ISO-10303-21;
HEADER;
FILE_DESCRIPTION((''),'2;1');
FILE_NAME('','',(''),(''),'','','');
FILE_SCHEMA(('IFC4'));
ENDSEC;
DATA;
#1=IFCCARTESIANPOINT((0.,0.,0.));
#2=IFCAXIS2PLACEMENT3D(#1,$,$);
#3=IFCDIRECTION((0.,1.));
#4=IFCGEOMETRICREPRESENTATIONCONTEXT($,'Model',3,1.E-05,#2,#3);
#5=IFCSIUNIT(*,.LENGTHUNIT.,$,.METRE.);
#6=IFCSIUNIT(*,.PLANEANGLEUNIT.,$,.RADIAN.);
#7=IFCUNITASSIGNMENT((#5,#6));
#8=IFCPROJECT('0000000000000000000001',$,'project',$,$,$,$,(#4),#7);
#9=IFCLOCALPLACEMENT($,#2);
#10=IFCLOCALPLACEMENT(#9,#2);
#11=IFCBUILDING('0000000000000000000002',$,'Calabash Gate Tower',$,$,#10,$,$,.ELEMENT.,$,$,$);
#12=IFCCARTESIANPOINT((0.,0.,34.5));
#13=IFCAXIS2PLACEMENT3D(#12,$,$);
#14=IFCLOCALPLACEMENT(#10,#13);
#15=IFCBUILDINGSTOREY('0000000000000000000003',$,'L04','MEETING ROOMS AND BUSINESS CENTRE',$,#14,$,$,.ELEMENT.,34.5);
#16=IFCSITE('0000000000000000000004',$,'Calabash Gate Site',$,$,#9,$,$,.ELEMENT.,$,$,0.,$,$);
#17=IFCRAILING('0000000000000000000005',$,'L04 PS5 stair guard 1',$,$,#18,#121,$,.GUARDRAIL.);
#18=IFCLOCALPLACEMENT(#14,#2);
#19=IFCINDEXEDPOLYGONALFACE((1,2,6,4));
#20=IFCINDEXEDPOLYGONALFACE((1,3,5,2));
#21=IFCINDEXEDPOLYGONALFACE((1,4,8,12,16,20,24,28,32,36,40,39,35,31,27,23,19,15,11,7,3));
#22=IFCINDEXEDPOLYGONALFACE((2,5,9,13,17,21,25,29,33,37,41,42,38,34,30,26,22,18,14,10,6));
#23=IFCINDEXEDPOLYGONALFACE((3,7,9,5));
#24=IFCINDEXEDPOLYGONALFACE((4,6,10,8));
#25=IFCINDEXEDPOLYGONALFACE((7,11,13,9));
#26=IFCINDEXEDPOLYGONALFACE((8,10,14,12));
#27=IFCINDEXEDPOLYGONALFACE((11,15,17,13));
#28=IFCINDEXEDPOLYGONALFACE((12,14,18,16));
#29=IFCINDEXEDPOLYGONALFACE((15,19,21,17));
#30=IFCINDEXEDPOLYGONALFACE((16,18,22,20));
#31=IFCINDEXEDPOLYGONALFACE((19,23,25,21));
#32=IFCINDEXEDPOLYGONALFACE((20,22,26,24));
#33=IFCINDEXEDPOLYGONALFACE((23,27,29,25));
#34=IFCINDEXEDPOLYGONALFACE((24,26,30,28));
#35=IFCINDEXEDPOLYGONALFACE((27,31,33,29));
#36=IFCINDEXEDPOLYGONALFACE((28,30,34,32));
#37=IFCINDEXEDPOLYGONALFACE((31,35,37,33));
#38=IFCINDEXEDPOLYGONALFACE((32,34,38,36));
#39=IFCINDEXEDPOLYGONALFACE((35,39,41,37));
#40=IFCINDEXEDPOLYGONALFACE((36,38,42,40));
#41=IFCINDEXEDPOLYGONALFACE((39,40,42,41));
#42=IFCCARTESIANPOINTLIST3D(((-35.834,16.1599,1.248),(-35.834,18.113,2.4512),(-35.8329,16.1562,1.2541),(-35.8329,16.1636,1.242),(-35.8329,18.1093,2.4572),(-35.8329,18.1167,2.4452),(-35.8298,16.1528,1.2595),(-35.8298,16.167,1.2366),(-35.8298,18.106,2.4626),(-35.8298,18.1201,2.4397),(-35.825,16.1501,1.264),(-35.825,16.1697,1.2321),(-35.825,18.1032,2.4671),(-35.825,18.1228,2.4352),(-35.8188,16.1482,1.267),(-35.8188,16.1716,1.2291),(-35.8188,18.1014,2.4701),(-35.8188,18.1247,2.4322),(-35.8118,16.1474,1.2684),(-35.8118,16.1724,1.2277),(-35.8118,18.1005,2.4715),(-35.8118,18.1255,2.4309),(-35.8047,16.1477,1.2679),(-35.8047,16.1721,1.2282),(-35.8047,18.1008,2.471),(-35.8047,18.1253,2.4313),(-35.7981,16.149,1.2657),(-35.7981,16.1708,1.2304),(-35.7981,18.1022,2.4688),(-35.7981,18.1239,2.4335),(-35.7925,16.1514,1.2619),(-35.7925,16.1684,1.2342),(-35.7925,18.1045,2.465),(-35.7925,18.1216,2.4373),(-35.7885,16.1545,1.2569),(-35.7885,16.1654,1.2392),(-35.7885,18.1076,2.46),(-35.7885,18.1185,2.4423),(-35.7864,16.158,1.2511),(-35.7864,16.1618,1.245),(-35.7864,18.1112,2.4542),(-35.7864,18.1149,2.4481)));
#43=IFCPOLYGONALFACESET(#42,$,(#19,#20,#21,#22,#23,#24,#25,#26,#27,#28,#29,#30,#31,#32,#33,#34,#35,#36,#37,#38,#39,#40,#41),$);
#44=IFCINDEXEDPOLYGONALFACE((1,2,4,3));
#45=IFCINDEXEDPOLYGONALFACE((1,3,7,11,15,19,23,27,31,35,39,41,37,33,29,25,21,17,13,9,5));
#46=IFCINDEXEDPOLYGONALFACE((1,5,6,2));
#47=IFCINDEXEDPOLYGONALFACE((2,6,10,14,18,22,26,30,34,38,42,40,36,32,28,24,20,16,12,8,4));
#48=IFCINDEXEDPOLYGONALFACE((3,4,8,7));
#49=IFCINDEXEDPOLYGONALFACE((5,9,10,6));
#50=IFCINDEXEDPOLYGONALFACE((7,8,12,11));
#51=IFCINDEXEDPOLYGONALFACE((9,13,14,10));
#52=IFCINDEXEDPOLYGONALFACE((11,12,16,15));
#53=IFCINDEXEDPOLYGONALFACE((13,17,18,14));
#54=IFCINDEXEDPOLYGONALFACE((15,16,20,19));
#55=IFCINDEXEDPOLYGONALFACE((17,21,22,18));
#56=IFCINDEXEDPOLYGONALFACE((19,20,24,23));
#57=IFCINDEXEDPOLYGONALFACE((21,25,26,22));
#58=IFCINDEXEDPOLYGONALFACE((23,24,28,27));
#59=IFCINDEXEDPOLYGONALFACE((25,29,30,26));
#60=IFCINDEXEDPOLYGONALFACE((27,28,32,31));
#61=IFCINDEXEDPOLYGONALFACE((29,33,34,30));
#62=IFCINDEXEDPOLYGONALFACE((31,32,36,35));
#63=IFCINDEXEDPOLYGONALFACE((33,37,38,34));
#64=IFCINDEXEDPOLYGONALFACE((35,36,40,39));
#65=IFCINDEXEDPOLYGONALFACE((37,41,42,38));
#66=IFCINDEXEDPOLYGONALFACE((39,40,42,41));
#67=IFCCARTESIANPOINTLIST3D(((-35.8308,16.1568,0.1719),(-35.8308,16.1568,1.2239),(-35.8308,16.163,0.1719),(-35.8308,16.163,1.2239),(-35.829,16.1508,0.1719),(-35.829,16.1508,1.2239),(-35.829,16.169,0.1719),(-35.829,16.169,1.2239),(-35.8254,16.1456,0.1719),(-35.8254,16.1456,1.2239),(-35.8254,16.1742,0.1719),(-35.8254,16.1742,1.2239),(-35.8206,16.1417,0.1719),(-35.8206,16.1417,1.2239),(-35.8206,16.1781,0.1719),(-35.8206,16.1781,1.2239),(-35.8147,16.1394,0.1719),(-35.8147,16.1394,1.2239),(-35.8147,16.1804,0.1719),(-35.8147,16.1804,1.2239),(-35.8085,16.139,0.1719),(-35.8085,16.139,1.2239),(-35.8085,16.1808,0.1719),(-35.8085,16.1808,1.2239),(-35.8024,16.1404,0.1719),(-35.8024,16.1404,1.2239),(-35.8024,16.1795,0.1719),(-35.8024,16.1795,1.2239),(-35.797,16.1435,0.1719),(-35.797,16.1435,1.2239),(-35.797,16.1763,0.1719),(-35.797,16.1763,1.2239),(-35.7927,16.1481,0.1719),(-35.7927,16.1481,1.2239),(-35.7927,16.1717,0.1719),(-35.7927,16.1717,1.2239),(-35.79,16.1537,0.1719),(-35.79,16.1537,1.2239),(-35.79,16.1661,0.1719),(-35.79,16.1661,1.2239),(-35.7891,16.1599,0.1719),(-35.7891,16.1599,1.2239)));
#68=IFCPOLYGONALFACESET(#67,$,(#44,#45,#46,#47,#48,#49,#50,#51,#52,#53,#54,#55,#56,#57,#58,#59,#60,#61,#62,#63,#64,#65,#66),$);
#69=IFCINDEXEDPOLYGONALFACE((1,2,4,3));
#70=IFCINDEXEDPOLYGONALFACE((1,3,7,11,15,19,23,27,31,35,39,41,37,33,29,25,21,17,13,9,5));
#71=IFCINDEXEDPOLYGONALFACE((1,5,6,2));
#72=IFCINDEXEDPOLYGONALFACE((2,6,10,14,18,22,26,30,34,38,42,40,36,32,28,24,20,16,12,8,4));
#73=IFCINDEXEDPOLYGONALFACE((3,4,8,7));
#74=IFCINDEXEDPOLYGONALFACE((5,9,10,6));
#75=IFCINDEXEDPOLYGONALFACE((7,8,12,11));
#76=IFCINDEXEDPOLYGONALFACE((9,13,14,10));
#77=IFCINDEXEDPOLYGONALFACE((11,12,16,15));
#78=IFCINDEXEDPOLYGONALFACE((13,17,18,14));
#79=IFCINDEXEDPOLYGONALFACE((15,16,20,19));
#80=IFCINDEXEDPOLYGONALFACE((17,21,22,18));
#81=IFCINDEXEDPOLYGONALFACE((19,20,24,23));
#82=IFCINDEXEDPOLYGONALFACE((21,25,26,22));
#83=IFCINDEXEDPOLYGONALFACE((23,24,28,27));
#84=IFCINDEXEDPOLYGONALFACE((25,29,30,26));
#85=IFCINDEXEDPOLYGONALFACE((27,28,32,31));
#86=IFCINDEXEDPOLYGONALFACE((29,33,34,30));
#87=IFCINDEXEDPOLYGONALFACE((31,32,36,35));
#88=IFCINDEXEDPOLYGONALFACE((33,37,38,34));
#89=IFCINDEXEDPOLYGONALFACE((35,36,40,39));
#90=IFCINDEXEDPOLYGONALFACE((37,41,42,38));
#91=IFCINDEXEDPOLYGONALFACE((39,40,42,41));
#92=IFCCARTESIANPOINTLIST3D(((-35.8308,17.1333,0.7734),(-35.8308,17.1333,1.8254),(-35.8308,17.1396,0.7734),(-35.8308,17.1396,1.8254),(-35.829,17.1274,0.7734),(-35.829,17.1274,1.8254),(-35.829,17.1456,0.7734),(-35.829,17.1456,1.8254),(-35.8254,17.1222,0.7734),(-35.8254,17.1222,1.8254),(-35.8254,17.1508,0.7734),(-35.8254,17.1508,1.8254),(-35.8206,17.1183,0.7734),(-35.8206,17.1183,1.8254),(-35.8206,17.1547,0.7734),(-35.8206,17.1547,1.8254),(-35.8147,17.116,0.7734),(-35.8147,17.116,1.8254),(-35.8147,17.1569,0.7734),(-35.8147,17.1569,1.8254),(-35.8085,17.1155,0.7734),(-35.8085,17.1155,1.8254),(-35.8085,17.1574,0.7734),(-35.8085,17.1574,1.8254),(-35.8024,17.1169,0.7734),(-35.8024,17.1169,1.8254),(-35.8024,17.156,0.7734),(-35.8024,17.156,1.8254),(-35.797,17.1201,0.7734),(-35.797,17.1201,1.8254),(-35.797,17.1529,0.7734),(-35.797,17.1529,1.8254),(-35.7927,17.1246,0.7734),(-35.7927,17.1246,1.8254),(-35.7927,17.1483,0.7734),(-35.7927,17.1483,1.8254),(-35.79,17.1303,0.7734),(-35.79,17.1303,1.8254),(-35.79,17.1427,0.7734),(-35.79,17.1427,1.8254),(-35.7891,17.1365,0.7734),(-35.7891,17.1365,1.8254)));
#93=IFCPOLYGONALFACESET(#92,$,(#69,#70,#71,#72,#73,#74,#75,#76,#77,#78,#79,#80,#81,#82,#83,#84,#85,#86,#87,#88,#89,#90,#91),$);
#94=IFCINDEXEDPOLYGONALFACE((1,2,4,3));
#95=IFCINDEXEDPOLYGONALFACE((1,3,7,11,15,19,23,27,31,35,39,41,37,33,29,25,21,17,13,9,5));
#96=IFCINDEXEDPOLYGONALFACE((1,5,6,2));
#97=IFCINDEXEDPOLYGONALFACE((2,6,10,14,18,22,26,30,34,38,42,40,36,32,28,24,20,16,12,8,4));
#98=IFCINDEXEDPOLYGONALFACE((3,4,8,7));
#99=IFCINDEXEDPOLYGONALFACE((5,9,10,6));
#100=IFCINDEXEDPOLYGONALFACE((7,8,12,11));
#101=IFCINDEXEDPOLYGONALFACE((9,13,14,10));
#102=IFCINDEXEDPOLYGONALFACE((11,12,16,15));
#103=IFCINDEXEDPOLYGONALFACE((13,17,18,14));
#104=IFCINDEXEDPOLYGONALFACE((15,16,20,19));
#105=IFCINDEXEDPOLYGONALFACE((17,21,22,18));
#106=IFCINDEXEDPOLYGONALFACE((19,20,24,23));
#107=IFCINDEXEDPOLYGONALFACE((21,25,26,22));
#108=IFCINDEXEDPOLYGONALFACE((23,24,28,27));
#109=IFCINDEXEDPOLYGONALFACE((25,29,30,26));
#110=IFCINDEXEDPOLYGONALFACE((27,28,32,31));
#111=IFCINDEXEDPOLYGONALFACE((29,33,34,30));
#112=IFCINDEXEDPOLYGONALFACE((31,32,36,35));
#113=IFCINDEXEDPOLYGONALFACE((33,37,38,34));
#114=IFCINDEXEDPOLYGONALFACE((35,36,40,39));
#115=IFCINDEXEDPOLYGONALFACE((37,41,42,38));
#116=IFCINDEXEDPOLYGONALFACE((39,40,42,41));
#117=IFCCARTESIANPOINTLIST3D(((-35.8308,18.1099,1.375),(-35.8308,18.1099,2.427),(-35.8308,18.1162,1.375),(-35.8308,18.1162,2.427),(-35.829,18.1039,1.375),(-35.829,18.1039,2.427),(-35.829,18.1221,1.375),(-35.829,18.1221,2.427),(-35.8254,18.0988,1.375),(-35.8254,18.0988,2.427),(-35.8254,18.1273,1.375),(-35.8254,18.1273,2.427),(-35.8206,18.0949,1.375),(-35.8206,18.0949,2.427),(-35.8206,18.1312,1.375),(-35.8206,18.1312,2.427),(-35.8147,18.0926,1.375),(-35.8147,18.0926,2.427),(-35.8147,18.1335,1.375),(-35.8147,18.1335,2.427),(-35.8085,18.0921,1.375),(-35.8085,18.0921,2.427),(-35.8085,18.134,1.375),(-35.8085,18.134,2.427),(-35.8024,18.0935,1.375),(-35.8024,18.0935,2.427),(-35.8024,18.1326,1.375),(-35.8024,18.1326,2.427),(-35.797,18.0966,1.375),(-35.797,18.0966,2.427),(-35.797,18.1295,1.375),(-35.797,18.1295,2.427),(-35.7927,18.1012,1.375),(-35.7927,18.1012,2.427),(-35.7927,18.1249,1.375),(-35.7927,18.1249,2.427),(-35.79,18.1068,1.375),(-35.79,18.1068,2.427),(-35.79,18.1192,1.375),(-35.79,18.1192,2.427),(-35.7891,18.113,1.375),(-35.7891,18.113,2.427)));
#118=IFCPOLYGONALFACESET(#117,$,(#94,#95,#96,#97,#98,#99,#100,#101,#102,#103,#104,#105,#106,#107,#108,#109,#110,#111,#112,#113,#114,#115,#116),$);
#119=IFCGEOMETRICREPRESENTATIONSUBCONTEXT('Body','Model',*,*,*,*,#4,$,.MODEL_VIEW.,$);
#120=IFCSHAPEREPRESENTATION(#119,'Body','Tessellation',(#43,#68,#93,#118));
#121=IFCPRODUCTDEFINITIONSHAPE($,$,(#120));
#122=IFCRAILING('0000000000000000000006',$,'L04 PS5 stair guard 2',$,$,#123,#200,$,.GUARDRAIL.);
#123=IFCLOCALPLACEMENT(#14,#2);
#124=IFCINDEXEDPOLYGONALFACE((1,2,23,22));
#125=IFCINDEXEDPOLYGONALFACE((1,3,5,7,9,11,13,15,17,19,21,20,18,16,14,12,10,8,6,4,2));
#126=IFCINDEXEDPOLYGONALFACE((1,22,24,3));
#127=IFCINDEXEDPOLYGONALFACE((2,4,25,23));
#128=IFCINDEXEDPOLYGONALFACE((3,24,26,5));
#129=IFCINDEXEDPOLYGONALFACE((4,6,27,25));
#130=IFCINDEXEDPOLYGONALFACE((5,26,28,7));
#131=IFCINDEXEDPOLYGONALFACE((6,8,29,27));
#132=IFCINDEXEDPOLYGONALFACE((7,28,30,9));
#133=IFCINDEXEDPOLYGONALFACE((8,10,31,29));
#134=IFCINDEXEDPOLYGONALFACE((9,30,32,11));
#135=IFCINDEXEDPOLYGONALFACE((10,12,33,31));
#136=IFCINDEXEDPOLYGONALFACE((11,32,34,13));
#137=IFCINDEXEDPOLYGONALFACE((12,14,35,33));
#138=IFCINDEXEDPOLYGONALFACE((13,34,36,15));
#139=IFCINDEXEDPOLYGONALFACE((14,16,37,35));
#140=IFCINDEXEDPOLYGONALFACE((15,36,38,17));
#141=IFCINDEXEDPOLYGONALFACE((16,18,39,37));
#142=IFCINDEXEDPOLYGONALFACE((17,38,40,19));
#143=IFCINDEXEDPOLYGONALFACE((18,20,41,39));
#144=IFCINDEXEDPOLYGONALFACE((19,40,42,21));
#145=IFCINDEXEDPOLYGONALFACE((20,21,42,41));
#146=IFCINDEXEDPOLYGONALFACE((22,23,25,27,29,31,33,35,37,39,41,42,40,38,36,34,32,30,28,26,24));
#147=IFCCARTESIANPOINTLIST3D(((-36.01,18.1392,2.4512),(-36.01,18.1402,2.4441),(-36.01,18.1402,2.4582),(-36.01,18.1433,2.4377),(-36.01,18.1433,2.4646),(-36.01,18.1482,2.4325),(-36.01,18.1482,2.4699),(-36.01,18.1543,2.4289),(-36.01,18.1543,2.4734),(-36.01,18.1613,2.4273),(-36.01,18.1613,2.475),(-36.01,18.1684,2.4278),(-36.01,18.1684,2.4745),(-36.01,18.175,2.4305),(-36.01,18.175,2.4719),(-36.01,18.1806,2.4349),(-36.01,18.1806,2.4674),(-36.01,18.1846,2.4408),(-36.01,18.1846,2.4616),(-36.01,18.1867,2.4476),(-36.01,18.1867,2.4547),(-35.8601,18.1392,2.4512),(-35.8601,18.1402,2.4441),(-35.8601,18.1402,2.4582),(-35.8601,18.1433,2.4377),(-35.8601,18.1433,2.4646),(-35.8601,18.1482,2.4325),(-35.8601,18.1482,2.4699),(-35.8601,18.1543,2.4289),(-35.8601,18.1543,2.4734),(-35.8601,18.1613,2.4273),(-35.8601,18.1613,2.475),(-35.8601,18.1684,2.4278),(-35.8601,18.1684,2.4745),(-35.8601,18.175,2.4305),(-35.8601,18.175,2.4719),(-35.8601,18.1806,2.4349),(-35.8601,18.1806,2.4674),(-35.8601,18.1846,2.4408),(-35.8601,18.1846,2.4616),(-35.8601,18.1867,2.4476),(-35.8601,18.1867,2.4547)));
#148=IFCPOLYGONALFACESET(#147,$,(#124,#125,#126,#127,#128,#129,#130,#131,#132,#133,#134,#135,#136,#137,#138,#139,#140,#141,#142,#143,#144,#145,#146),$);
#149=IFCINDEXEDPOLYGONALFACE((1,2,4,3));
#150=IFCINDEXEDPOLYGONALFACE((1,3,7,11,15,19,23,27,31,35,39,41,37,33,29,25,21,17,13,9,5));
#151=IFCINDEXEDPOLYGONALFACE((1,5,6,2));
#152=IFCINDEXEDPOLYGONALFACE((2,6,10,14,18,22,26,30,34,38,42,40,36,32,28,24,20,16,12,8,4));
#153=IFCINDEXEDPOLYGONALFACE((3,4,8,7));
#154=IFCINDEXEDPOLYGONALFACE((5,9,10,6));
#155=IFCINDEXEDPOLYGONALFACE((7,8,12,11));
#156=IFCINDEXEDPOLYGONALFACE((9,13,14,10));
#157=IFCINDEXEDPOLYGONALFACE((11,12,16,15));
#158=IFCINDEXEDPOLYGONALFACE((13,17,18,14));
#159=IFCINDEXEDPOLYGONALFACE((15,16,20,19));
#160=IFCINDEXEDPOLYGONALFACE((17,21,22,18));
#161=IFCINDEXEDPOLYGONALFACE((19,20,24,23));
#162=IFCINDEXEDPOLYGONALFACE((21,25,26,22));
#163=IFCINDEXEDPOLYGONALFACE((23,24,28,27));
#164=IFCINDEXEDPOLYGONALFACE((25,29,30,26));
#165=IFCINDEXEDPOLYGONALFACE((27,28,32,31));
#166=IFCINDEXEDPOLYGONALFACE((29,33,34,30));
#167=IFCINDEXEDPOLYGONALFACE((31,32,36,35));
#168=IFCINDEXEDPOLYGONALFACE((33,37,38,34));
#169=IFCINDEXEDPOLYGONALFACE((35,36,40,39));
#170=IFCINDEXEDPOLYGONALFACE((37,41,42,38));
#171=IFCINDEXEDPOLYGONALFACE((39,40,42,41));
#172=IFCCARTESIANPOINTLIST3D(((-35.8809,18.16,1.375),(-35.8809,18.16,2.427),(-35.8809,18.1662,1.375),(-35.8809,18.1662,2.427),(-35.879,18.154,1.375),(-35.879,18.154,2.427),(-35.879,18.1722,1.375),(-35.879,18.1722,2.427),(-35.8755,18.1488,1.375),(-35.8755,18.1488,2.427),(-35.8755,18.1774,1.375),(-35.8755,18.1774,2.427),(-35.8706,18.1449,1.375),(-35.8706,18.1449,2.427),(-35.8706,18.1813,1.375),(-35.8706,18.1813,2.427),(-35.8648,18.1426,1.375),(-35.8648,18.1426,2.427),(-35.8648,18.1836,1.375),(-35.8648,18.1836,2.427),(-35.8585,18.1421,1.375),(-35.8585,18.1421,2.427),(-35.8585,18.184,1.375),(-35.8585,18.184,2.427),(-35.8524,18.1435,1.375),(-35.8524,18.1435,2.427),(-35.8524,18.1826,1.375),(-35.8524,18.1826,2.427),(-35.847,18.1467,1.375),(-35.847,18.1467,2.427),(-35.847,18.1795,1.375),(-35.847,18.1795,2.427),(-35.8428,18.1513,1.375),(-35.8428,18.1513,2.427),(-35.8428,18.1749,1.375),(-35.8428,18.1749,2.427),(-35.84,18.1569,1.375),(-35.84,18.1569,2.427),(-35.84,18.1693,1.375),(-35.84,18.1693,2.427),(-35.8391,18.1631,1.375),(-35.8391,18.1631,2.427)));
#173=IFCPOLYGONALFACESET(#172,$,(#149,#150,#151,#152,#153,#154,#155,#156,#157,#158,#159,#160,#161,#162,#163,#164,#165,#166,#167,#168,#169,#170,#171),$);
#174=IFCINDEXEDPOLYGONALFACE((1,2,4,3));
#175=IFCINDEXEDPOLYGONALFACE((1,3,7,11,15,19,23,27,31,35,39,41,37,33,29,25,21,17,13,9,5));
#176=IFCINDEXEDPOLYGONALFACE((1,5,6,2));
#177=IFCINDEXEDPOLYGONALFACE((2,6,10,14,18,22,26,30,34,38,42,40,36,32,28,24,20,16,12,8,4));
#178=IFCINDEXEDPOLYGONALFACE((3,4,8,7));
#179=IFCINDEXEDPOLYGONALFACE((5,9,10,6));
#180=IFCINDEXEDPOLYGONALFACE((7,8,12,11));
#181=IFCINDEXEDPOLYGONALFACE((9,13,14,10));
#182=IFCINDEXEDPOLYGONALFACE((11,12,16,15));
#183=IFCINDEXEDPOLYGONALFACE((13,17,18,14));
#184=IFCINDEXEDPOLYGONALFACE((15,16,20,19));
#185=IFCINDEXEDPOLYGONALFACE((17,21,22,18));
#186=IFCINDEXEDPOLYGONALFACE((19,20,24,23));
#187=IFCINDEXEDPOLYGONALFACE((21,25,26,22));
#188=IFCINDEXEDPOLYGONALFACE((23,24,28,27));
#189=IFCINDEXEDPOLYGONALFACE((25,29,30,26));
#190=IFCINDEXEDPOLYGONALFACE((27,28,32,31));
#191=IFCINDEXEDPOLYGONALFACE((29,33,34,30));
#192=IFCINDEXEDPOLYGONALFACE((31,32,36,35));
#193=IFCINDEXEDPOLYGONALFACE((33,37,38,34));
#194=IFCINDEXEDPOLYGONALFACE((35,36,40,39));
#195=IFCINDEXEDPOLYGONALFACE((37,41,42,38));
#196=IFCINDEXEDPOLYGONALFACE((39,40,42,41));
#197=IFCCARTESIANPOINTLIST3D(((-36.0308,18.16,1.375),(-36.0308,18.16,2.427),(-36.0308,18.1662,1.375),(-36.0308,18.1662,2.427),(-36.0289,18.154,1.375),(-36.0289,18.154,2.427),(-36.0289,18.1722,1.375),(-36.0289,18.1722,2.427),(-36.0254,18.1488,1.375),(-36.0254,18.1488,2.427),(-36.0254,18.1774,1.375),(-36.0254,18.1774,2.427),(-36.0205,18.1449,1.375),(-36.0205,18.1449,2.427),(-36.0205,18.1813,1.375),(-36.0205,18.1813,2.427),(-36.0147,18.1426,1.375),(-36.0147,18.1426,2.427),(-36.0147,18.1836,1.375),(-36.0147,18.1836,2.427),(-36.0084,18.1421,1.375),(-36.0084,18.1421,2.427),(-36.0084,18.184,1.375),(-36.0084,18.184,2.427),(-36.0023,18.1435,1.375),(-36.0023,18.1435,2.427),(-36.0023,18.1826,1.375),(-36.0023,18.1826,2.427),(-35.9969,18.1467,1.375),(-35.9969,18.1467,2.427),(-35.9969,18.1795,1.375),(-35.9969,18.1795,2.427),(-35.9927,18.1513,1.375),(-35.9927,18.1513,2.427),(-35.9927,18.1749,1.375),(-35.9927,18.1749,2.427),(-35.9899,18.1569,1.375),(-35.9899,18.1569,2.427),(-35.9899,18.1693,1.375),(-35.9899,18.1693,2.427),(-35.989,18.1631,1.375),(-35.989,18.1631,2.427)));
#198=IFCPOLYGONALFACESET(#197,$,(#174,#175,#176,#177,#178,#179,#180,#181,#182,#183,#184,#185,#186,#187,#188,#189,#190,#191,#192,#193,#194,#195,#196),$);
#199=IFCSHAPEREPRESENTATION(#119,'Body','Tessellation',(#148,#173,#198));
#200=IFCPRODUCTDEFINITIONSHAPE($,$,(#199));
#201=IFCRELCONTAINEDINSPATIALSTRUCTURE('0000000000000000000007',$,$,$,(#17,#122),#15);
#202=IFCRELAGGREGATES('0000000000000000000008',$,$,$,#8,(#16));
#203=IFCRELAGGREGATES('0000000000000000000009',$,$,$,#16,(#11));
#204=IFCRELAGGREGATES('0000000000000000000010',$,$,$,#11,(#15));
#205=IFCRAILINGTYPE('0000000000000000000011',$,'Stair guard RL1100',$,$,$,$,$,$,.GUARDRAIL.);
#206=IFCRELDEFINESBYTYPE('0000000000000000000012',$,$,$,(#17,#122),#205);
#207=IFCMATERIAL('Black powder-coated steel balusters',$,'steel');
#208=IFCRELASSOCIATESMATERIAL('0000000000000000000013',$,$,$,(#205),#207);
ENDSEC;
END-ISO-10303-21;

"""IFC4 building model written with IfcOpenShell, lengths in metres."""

from ifc_helpers import new_model, si_unit, direction, frame, origin, origin_2d, place, context, subcontext, project, spatial, circle, extrude, material, type_object, element, save


model = new_model("IFC4")

# Units and contexts
model_context = context("Model", 3, precision=1e-05, world=origin(), true_north=direction((0.0, 1.0)))
body_context = subcontext(model_context, "Body", "Model", "MODEL_VIEW")
ifc_project = project(units=[si_unit("LENGTHUNIT", "METRE"), si_unit("PLANEANGLEUNIT", "RADIAN")], contexts=[model_context])

# Site, building, storey
site_placement = place(None, origin())
site = spatial("IfcSite", under=ifc_project, at=site_placement, Name="Calabash Gate Site", CompositionType="ELEMENT", RefElevation=0.0)
building_placement = place(site_placement, origin())
building = spatial("IfcBuilding", under=site, at=building_placement, Name="Calabash Gate Tower", CompositionType="ELEMENT")
storey_placement = place(building_placement, frame((0.0, 0.0, 34.5)))
storey = spatial("IfcBuildingStorey", under=building, at=storey_placement, Name="L04", Description="MEETING ROOMS AND BUSINESS CENTRE", CompositionType="ELEMENT", Elevation=34.5)

# Railings
ifc_material_1 = material(Name="Black powder-coated steel balusters", Category="steel")
railing_type_1 = type_object("IfcRailingType", Name="Stair guard RL1100", PredefinedType="GUARDRAIL", material=ifc_material_1)
railing_1_placement = place(storey_placement, frame((-35.8101, 16.1599, 0.1719)))
element("IfcRailing", 1, at=railing_1_placement, inside=storey, type_object=railing_type_1, Name="L04 PS5 stair guard 1", PredefinedType="GUARDRAIL", context=body_context, shape_type="SweptSolid", body=[
    extrude(circle(Radius=0.0239, at=origin_2d()), frame((0.0, 0.0, 1.0762), z_axis=(0.0, 0.851424, 0.524477), x_axis=(-1.0, 0.0, 0.0)), (0.0, 0.0, 1.0), 2.2939),
    extrude(circle(Radius=0.021, at=origin_2d()), origin(), (0.0, 0.0, 1.0), 1.052),
    extrude(circle(Radius=0.021, at=origin_2d()), frame((0.0, 0.9766, 0.6016)), (0.0, 0.0, 1.0), 1.052),
    extrude(circle(Radius=0.021, at=origin_2d()), frame((0.0, 1.9531, 1.2031)), (0.0, 0.0, 1.0), 1.052),
])
railing_2_placement = place(storey_placement, frame((-35.8601, 18.1631, 1.375)))
element("IfcRailing", 2, at=railing_2_placement, inside=storey, type_object=railing_type_1, Name="L04 PS5 stair guard 2", PredefinedType="GUARDRAIL", context=body_context, shape_type="SweptSolid", body=[
    extrude(circle(Radius=0.0239, at=origin_2d()), frame((0.0, 0.0, 1.0762), z_axis=(-1.0, 0.0, 0.0), x_axis=(0.0, -1.0, 0.0)), (0.0, 0.0, 1.0), 0.1499),
    extrude(circle(Radius=0.021, at=origin_2d()), origin(), (0.0, 0.0, 1.0), 1.052),
    extrude(circle(Radius=0.021, at=origin_2d()), frame((-0.1499, 0.0, 0.0)), (0.0, 0.0, 1.0), 1.052),
])

save(model, "model.ifc")
